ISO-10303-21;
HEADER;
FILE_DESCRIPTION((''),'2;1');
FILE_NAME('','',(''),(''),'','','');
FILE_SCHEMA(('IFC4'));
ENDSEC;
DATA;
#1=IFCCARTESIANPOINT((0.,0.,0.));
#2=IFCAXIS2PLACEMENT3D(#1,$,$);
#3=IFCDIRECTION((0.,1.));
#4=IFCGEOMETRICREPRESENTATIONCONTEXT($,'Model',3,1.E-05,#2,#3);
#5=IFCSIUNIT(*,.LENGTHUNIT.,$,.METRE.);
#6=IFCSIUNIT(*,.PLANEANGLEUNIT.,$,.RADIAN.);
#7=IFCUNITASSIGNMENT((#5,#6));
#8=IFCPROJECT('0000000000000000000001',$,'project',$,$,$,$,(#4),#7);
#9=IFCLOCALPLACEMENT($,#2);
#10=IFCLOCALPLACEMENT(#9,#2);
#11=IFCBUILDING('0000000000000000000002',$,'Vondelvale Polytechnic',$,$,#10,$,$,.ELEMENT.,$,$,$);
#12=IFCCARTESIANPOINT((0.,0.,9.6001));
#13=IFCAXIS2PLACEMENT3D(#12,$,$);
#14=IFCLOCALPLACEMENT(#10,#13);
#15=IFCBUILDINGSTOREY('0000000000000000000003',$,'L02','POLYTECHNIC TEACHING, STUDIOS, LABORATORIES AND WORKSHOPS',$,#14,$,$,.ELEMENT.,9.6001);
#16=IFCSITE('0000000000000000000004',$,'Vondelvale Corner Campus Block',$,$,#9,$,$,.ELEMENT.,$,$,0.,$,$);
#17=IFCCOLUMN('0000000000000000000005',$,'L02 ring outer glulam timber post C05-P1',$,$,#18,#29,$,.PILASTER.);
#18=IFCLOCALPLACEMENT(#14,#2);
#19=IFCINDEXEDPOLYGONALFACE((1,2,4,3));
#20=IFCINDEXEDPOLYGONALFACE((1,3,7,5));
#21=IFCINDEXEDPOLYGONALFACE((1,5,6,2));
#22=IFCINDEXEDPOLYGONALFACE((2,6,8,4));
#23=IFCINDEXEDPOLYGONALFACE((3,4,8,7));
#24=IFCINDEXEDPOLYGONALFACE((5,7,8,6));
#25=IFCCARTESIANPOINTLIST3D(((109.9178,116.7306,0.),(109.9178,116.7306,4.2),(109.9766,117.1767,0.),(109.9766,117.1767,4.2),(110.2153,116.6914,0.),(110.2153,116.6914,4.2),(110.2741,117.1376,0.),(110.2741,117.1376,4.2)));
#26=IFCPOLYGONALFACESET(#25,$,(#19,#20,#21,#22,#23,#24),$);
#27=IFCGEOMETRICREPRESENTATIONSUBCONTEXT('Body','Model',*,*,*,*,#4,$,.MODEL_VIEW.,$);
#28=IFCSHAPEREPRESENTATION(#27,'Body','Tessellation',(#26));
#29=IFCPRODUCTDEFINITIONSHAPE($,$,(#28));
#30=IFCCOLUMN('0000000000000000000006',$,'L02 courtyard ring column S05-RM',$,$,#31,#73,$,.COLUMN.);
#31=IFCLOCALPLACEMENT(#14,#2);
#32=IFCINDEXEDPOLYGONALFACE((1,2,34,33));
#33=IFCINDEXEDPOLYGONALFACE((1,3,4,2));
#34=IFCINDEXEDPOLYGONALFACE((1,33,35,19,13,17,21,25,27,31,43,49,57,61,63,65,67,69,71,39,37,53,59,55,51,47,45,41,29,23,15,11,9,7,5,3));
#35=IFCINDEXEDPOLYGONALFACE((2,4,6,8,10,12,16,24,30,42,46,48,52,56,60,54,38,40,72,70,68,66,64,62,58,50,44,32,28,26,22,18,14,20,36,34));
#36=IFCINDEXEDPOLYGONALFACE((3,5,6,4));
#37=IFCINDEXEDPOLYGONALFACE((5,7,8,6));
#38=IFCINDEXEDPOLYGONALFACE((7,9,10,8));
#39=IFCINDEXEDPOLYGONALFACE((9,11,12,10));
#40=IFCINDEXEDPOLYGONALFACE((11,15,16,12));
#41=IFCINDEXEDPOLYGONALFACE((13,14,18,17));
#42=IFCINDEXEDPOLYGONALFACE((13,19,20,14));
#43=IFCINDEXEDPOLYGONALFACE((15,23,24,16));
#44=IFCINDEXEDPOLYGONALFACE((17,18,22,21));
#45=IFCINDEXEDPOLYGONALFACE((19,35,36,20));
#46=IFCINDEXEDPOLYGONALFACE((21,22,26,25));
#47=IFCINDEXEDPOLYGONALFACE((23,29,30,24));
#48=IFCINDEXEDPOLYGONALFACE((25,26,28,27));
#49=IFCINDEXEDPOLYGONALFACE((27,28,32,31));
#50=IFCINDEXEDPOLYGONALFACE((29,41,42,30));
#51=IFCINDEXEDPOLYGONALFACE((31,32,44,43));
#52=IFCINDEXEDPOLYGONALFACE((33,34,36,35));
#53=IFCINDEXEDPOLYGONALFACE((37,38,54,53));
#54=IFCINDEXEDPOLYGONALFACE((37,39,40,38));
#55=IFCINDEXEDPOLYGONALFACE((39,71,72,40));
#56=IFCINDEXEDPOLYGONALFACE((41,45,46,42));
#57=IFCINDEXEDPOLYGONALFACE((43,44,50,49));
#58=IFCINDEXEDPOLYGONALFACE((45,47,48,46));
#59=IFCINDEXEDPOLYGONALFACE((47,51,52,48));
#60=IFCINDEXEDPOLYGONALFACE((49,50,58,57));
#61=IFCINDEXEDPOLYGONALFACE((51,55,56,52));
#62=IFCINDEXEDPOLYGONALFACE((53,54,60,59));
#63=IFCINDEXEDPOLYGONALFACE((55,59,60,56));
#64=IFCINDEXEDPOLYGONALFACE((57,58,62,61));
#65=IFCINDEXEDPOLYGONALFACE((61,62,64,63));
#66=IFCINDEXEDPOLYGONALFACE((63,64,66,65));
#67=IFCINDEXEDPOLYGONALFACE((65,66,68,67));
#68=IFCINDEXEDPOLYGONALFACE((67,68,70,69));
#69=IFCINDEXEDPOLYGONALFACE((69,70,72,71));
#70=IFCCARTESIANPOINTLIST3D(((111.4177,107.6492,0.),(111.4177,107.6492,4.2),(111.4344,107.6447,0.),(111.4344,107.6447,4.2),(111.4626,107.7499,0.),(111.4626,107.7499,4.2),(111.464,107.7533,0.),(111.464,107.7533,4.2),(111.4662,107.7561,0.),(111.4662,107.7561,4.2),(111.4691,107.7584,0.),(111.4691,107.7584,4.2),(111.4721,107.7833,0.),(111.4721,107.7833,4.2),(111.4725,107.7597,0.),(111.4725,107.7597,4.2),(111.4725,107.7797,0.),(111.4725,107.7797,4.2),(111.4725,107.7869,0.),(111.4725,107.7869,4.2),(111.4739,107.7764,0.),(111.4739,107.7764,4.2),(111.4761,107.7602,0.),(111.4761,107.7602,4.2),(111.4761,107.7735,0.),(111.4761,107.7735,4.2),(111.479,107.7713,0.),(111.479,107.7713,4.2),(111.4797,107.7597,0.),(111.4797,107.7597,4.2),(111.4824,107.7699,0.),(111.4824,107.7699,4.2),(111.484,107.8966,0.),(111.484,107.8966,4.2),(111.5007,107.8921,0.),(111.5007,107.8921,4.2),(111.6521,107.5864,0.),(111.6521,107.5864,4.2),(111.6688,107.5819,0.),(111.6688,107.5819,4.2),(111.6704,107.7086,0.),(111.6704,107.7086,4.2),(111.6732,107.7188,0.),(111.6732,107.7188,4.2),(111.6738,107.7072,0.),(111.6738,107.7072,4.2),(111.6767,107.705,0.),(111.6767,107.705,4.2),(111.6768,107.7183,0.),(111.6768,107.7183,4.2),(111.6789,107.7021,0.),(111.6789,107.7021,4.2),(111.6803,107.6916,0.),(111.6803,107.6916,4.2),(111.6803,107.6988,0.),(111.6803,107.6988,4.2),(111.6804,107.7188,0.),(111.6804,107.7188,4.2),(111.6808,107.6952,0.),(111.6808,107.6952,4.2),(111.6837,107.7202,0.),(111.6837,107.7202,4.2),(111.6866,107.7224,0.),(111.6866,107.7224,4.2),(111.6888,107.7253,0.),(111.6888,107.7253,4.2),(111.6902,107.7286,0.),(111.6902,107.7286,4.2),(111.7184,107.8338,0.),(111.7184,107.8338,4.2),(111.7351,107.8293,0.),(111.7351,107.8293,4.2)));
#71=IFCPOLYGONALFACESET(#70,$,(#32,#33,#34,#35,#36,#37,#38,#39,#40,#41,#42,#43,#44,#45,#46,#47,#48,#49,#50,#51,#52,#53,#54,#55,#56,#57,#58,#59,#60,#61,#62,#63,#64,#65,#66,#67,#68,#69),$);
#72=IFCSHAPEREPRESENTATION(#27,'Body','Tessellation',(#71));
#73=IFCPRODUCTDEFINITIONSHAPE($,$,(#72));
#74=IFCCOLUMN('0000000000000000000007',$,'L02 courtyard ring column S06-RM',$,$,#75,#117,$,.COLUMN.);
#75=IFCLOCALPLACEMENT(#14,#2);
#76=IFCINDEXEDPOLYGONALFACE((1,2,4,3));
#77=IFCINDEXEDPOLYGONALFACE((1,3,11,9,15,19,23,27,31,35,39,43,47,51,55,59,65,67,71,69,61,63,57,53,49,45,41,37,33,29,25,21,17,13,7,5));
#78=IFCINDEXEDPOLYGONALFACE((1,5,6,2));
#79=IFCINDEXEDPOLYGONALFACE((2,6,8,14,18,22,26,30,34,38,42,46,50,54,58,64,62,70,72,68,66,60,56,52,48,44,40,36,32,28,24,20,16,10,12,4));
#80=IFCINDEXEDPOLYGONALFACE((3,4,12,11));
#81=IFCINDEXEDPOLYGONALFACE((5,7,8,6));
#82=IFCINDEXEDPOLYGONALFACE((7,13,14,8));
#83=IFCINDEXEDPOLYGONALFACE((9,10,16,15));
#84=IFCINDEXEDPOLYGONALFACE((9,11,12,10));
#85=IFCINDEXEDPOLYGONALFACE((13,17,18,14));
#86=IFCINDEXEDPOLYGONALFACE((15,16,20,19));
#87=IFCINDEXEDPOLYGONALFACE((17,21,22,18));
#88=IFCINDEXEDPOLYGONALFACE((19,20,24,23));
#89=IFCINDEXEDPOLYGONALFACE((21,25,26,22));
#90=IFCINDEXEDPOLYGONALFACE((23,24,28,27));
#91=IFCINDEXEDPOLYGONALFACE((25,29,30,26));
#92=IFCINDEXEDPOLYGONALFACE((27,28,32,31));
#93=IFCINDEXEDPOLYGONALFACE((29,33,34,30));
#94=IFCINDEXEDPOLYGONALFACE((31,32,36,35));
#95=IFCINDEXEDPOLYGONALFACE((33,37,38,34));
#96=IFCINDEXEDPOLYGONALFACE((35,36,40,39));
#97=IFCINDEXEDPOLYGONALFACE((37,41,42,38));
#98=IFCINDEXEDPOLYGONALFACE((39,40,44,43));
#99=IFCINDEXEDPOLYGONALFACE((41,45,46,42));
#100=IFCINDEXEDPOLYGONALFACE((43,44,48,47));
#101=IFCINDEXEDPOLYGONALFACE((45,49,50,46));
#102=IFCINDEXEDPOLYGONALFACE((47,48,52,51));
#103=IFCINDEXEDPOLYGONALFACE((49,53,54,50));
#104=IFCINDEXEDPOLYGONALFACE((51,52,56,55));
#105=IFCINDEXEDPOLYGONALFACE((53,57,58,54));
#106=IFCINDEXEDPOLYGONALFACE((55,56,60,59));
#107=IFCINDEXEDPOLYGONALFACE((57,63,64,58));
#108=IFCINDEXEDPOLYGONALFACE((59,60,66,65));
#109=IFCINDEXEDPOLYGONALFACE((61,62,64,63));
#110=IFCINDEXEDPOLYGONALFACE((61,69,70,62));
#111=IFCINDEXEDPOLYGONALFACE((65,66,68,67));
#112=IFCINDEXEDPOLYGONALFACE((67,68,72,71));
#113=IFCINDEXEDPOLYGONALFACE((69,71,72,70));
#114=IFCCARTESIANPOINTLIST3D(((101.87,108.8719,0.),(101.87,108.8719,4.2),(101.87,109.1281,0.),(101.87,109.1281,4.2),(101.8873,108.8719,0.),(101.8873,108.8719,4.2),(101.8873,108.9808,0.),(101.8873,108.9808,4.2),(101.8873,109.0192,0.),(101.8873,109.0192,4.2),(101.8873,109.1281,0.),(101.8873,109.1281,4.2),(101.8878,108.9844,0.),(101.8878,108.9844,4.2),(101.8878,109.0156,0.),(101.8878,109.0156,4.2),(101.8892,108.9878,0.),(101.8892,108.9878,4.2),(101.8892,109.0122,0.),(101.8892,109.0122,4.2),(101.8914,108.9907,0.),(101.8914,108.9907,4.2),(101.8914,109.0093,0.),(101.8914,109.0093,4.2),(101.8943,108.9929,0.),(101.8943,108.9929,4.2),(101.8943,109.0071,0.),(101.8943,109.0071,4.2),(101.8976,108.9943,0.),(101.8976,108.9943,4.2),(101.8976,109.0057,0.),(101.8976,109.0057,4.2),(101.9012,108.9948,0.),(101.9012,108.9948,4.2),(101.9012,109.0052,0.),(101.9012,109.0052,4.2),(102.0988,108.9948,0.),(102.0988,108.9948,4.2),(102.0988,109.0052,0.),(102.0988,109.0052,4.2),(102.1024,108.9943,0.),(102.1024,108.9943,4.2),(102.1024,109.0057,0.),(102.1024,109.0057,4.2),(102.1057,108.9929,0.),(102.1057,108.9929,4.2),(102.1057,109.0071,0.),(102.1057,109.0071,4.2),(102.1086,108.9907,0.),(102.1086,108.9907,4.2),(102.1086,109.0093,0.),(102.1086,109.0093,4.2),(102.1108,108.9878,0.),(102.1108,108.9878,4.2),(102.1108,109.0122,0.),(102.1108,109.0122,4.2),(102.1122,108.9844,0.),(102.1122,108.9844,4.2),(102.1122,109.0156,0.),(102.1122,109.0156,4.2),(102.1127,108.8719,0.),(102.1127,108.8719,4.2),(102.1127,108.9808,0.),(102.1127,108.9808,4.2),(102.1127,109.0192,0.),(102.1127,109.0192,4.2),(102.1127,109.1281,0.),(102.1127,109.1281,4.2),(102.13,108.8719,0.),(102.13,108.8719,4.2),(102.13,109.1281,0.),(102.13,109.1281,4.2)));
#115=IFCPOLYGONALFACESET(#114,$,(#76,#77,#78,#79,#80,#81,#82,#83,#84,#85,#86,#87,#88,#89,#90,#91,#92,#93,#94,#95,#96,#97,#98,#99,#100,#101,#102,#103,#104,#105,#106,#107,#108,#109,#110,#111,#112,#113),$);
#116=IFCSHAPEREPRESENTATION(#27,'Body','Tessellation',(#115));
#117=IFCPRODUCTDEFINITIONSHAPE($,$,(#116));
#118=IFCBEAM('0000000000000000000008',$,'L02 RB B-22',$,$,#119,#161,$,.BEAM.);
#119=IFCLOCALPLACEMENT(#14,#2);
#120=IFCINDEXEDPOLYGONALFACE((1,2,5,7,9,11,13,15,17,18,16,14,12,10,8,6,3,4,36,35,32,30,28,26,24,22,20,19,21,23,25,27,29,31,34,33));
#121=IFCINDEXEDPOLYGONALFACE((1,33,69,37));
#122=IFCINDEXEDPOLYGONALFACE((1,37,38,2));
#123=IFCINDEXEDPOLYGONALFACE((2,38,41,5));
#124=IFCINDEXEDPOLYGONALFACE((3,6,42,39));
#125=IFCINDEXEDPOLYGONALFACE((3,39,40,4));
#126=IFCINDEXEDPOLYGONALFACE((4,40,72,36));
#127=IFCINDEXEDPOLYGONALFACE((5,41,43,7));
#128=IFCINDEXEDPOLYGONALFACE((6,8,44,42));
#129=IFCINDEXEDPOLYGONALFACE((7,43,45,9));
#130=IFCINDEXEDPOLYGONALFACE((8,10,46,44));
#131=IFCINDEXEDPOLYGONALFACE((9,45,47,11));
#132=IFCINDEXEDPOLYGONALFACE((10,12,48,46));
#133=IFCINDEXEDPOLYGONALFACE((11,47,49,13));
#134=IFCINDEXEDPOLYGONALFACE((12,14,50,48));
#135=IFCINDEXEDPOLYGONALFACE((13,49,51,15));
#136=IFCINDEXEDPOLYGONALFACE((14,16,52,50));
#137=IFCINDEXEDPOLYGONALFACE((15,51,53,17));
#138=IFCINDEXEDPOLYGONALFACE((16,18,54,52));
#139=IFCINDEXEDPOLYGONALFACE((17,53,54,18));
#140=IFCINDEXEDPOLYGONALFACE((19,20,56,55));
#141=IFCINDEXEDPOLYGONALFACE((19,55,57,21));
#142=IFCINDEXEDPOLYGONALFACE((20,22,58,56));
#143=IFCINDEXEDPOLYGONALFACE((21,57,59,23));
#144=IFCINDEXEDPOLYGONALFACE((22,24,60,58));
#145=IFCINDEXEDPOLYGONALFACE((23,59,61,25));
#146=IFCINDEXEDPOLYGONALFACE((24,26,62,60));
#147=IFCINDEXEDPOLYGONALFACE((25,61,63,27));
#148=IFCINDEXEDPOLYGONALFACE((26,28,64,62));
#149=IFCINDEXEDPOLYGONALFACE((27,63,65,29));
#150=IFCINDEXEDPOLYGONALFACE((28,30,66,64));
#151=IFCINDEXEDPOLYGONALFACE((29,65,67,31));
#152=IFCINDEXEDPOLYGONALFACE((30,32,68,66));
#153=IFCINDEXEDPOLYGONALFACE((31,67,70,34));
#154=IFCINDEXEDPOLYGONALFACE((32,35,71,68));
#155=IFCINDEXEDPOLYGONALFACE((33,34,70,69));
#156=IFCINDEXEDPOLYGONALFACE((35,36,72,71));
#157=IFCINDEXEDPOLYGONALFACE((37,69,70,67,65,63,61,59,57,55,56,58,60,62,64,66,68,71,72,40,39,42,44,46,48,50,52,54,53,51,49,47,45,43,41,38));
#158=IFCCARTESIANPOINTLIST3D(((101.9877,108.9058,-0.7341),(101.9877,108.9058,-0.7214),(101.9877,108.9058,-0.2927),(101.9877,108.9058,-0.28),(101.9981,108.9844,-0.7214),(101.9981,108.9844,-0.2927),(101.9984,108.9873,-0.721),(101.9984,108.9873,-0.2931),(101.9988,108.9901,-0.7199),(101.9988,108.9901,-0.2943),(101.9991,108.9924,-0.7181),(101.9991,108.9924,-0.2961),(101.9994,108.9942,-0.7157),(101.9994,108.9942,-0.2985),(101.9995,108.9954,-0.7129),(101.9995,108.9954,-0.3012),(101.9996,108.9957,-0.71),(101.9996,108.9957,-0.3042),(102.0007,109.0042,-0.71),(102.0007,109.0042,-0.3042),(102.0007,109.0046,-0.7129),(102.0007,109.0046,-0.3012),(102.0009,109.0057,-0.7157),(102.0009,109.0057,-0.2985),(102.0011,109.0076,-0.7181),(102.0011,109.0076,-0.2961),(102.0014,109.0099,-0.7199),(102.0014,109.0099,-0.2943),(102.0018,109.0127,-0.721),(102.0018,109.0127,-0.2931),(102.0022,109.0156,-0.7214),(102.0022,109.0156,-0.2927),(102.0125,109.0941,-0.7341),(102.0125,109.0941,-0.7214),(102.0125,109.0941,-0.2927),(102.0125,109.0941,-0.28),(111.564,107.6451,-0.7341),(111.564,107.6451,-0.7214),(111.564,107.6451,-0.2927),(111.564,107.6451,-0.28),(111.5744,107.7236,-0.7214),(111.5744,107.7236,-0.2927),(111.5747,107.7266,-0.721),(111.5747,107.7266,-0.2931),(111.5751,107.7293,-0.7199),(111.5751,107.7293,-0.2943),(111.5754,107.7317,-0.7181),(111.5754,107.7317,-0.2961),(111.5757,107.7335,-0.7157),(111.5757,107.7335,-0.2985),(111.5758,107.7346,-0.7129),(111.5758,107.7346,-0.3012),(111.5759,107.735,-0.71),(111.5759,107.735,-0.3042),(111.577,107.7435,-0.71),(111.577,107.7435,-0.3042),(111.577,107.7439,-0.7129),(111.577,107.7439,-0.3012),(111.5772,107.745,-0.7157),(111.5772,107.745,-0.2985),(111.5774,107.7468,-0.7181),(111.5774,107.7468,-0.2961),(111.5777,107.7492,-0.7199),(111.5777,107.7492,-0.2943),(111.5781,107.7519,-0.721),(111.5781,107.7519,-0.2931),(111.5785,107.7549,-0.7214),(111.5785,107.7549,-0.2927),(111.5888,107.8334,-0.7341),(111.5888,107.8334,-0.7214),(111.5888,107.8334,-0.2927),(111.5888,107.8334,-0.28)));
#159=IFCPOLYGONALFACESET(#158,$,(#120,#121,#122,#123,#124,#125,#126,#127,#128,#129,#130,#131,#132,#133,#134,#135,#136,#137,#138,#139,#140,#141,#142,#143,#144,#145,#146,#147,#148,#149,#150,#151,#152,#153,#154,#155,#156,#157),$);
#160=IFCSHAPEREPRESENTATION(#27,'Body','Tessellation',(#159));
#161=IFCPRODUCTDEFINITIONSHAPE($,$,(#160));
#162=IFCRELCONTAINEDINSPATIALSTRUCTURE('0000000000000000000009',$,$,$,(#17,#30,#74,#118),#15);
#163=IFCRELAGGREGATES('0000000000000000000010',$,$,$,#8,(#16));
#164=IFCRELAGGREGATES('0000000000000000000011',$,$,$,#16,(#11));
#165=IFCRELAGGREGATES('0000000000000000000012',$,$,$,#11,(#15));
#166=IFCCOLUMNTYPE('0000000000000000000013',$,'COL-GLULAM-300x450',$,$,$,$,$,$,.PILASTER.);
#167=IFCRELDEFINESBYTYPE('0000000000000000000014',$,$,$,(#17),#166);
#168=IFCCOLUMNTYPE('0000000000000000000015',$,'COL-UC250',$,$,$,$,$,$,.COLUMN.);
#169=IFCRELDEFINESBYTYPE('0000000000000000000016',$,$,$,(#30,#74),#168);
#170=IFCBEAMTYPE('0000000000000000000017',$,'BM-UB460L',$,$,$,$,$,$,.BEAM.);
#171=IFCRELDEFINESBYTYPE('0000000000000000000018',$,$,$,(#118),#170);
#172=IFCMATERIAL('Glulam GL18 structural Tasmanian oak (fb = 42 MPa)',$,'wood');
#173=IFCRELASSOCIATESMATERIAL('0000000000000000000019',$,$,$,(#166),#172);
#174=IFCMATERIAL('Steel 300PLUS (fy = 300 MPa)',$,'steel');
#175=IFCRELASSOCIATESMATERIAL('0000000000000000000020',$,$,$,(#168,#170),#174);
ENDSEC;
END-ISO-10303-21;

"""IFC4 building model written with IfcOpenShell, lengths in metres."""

from ifc_helpers import new_model, si_unit, direction, frame, origin, origin_2d, place, context, subcontext, project, spatial, rectangle, i_section, extrude, material, material_profile, profile_set, type_object, element, save


model = new_model("IFC4")

# Units and contexts
model_context = context("Model", 3, precision=1e-05, world=origin(), true_north=direction((0.0, 1.0)))
body_context = subcontext(model_context, "Body", "Model", "MODEL_VIEW")
ifc_project = project(units=[si_unit("LENGTHUNIT", "METRE"), si_unit("PLANEANGLEUNIT", "RADIAN")], contexts=[model_context])

# Site, building, storey
site_placement = place(None, origin())
site = spatial("IfcSite", under=ifc_project, at=site_placement, Name="Vondelvale Corner Campus Block", CompositionType="ELEMENT", RefElevation=0.0)
building_placement = place(site_placement, origin())
building = spatial("IfcBuilding", under=site, at=building_placement, Name="Vondelvale Polytechnic", CompositionType="ELEMENT")
storey_placement = place(building_placement, frame((0.0, 0.0, 9.6001)))
storey = spatial("IfcBuildingStorey", under=building, at=storey_placement, Name="L02", Description="POLYTECHNIC TEACHING, STUDIOS, LABORATORIES AND WORKSHOPS", CompositionType="ELEMENT", Elevation=9.6001)

# Columns
ifc_material_1 = material(Name="Glulam GL18 structural Tasmanian oak (fb = 42 MPa)", Category="wood")
ifc_material_profile_1 = material_profile(ifc_material_1, rectangle(XDim=0.3, YDim=0.45, at=origin_2d()), Name="GL-POST-300x450")
ifc_profile_set_1 = profile_set([ifc_material_profile_1], Name="Glulam GL18 structural Tasmanian oak (fb = 42 MPa)")
column_type_1 = type_object("IfcColumnType", Name="COL-GLULAM-300x450", PredefinedType="PILASTER", material=ifc_profile_set_1)
column_placement = place(storey_placement, frame((110.0959, 116.9341, 0.0), z_axis=(0.0, 0.0, 1.0), x_axis=(-0.991445, 0.130526, 0.0)))
element("IfcColumn", 1, at=column_placement, inside=storey, type_object=column_type_1, Name="L02 ring outer glulam timber post C05-P1", PredefinedType="PILASTER", context=body_context, shape_type="SweptSolid", body=[
    extrude(rectangle(XDim=0.3, YDim=0.45, at=origin_2d()), origin(), (0.0, 0.0, 1.0), 4.2),
])
ifc_material_2 = material(Name="Steel 300PLUS (fy = 300 MPa)", Category="steel")
ifc_material_profile_2 = material_profile(ifc_material_2, i_section(OverallWidth=0.2561, OverallDepth=0.26, WebThickness=0.0105, FlangeThickness=0.0173, FilletRadius=0.0139, at=origin_2d()), Name="250UC89.5")
ifc_profile_set_2 = profile_set([ifc_material_profile_2], Name="Steel 300PLUS (fy = 300 MPa)")
column_type_2 = type_object("IfcColumnType", Name="COL-UC250", PredefinedType="COLUMN", material=ifc_profile_set_2)
for number, where, z_axis, x_axis, name in (
    (2, (111.5764, 107.7393, 0.0), (0.0, 0.0, 1.0), (0.258819, 0.965926, 0.0), "L02 courtyard ring column S05-RM"),
    (3, (102.0, 109.0, 0.0), (0.0, 0.0, 1.0), (0.0, 1.0, 0.0), "L02 courtyard ring column S06-RM"),
):
    element("IfcColumn", number, at=place(storey_placement, frame(where, z_axis=z_axis, x_axis=x_axis)), inside=storey, type_object=column_type_2, Name=name, PredefinedType="COLUMN", context=body_context, shape_type="SweptSolid", body=[
        extrude(i_section(OverallWidth=0.2561, OverallDepth=0.26, WebThickness=0.0105, FlangeThickness=0.0173, FilletRadius=0.0139, at=origin_2d()), origin(), (0.0, 0.0, 1.0), 4.2),
    ])

# Beam
ifc_material_profile_3 = material_profile(ifc_material_2, i_section(OverallWidth=0.1899, OverallDepth=0.4541, WebThickness=0.0085, FlangeThickness=0.0127, FilletRadius=0.0115, at=origin_2d()), Name="460UB67.1")
ifc_profile_set_3 = profile_set([ifc_material_profile_3], Name="Steel 300PLUS (fy = 300 MPa)")
beam_type_1 = type_object("IfcBeamType", Name="BM-UB460L", PredefinedType="BEAM", material=ifc_profile_set_3)
beam_1_placement = place(storey_placement, frame((111.5764, 107.7393, -0.5071), z_axis=(-0.991445, 0.130524, 0.0), x_axis=(-0.130524, -0.991445, 0.0)))
element("IfcBeam", 4, at=beam_1_placement, inside=storey, type_object=beam_type_1, Name="L02 RB B-22", PredefinedType="BEAM", context=body_context, shape_type="SweptSolid", body=[
    extrude(i_section(OverallWidth=0.1899, OverallDepth=0.4541, WebThickness=0.0085, FlangeThickness=0.0127, FilletRadius=0.0115, at=origin_2d()), origin(), (0.0, 0.0, 1.0), 9.6589),
])

save(model, "model.ifc")
